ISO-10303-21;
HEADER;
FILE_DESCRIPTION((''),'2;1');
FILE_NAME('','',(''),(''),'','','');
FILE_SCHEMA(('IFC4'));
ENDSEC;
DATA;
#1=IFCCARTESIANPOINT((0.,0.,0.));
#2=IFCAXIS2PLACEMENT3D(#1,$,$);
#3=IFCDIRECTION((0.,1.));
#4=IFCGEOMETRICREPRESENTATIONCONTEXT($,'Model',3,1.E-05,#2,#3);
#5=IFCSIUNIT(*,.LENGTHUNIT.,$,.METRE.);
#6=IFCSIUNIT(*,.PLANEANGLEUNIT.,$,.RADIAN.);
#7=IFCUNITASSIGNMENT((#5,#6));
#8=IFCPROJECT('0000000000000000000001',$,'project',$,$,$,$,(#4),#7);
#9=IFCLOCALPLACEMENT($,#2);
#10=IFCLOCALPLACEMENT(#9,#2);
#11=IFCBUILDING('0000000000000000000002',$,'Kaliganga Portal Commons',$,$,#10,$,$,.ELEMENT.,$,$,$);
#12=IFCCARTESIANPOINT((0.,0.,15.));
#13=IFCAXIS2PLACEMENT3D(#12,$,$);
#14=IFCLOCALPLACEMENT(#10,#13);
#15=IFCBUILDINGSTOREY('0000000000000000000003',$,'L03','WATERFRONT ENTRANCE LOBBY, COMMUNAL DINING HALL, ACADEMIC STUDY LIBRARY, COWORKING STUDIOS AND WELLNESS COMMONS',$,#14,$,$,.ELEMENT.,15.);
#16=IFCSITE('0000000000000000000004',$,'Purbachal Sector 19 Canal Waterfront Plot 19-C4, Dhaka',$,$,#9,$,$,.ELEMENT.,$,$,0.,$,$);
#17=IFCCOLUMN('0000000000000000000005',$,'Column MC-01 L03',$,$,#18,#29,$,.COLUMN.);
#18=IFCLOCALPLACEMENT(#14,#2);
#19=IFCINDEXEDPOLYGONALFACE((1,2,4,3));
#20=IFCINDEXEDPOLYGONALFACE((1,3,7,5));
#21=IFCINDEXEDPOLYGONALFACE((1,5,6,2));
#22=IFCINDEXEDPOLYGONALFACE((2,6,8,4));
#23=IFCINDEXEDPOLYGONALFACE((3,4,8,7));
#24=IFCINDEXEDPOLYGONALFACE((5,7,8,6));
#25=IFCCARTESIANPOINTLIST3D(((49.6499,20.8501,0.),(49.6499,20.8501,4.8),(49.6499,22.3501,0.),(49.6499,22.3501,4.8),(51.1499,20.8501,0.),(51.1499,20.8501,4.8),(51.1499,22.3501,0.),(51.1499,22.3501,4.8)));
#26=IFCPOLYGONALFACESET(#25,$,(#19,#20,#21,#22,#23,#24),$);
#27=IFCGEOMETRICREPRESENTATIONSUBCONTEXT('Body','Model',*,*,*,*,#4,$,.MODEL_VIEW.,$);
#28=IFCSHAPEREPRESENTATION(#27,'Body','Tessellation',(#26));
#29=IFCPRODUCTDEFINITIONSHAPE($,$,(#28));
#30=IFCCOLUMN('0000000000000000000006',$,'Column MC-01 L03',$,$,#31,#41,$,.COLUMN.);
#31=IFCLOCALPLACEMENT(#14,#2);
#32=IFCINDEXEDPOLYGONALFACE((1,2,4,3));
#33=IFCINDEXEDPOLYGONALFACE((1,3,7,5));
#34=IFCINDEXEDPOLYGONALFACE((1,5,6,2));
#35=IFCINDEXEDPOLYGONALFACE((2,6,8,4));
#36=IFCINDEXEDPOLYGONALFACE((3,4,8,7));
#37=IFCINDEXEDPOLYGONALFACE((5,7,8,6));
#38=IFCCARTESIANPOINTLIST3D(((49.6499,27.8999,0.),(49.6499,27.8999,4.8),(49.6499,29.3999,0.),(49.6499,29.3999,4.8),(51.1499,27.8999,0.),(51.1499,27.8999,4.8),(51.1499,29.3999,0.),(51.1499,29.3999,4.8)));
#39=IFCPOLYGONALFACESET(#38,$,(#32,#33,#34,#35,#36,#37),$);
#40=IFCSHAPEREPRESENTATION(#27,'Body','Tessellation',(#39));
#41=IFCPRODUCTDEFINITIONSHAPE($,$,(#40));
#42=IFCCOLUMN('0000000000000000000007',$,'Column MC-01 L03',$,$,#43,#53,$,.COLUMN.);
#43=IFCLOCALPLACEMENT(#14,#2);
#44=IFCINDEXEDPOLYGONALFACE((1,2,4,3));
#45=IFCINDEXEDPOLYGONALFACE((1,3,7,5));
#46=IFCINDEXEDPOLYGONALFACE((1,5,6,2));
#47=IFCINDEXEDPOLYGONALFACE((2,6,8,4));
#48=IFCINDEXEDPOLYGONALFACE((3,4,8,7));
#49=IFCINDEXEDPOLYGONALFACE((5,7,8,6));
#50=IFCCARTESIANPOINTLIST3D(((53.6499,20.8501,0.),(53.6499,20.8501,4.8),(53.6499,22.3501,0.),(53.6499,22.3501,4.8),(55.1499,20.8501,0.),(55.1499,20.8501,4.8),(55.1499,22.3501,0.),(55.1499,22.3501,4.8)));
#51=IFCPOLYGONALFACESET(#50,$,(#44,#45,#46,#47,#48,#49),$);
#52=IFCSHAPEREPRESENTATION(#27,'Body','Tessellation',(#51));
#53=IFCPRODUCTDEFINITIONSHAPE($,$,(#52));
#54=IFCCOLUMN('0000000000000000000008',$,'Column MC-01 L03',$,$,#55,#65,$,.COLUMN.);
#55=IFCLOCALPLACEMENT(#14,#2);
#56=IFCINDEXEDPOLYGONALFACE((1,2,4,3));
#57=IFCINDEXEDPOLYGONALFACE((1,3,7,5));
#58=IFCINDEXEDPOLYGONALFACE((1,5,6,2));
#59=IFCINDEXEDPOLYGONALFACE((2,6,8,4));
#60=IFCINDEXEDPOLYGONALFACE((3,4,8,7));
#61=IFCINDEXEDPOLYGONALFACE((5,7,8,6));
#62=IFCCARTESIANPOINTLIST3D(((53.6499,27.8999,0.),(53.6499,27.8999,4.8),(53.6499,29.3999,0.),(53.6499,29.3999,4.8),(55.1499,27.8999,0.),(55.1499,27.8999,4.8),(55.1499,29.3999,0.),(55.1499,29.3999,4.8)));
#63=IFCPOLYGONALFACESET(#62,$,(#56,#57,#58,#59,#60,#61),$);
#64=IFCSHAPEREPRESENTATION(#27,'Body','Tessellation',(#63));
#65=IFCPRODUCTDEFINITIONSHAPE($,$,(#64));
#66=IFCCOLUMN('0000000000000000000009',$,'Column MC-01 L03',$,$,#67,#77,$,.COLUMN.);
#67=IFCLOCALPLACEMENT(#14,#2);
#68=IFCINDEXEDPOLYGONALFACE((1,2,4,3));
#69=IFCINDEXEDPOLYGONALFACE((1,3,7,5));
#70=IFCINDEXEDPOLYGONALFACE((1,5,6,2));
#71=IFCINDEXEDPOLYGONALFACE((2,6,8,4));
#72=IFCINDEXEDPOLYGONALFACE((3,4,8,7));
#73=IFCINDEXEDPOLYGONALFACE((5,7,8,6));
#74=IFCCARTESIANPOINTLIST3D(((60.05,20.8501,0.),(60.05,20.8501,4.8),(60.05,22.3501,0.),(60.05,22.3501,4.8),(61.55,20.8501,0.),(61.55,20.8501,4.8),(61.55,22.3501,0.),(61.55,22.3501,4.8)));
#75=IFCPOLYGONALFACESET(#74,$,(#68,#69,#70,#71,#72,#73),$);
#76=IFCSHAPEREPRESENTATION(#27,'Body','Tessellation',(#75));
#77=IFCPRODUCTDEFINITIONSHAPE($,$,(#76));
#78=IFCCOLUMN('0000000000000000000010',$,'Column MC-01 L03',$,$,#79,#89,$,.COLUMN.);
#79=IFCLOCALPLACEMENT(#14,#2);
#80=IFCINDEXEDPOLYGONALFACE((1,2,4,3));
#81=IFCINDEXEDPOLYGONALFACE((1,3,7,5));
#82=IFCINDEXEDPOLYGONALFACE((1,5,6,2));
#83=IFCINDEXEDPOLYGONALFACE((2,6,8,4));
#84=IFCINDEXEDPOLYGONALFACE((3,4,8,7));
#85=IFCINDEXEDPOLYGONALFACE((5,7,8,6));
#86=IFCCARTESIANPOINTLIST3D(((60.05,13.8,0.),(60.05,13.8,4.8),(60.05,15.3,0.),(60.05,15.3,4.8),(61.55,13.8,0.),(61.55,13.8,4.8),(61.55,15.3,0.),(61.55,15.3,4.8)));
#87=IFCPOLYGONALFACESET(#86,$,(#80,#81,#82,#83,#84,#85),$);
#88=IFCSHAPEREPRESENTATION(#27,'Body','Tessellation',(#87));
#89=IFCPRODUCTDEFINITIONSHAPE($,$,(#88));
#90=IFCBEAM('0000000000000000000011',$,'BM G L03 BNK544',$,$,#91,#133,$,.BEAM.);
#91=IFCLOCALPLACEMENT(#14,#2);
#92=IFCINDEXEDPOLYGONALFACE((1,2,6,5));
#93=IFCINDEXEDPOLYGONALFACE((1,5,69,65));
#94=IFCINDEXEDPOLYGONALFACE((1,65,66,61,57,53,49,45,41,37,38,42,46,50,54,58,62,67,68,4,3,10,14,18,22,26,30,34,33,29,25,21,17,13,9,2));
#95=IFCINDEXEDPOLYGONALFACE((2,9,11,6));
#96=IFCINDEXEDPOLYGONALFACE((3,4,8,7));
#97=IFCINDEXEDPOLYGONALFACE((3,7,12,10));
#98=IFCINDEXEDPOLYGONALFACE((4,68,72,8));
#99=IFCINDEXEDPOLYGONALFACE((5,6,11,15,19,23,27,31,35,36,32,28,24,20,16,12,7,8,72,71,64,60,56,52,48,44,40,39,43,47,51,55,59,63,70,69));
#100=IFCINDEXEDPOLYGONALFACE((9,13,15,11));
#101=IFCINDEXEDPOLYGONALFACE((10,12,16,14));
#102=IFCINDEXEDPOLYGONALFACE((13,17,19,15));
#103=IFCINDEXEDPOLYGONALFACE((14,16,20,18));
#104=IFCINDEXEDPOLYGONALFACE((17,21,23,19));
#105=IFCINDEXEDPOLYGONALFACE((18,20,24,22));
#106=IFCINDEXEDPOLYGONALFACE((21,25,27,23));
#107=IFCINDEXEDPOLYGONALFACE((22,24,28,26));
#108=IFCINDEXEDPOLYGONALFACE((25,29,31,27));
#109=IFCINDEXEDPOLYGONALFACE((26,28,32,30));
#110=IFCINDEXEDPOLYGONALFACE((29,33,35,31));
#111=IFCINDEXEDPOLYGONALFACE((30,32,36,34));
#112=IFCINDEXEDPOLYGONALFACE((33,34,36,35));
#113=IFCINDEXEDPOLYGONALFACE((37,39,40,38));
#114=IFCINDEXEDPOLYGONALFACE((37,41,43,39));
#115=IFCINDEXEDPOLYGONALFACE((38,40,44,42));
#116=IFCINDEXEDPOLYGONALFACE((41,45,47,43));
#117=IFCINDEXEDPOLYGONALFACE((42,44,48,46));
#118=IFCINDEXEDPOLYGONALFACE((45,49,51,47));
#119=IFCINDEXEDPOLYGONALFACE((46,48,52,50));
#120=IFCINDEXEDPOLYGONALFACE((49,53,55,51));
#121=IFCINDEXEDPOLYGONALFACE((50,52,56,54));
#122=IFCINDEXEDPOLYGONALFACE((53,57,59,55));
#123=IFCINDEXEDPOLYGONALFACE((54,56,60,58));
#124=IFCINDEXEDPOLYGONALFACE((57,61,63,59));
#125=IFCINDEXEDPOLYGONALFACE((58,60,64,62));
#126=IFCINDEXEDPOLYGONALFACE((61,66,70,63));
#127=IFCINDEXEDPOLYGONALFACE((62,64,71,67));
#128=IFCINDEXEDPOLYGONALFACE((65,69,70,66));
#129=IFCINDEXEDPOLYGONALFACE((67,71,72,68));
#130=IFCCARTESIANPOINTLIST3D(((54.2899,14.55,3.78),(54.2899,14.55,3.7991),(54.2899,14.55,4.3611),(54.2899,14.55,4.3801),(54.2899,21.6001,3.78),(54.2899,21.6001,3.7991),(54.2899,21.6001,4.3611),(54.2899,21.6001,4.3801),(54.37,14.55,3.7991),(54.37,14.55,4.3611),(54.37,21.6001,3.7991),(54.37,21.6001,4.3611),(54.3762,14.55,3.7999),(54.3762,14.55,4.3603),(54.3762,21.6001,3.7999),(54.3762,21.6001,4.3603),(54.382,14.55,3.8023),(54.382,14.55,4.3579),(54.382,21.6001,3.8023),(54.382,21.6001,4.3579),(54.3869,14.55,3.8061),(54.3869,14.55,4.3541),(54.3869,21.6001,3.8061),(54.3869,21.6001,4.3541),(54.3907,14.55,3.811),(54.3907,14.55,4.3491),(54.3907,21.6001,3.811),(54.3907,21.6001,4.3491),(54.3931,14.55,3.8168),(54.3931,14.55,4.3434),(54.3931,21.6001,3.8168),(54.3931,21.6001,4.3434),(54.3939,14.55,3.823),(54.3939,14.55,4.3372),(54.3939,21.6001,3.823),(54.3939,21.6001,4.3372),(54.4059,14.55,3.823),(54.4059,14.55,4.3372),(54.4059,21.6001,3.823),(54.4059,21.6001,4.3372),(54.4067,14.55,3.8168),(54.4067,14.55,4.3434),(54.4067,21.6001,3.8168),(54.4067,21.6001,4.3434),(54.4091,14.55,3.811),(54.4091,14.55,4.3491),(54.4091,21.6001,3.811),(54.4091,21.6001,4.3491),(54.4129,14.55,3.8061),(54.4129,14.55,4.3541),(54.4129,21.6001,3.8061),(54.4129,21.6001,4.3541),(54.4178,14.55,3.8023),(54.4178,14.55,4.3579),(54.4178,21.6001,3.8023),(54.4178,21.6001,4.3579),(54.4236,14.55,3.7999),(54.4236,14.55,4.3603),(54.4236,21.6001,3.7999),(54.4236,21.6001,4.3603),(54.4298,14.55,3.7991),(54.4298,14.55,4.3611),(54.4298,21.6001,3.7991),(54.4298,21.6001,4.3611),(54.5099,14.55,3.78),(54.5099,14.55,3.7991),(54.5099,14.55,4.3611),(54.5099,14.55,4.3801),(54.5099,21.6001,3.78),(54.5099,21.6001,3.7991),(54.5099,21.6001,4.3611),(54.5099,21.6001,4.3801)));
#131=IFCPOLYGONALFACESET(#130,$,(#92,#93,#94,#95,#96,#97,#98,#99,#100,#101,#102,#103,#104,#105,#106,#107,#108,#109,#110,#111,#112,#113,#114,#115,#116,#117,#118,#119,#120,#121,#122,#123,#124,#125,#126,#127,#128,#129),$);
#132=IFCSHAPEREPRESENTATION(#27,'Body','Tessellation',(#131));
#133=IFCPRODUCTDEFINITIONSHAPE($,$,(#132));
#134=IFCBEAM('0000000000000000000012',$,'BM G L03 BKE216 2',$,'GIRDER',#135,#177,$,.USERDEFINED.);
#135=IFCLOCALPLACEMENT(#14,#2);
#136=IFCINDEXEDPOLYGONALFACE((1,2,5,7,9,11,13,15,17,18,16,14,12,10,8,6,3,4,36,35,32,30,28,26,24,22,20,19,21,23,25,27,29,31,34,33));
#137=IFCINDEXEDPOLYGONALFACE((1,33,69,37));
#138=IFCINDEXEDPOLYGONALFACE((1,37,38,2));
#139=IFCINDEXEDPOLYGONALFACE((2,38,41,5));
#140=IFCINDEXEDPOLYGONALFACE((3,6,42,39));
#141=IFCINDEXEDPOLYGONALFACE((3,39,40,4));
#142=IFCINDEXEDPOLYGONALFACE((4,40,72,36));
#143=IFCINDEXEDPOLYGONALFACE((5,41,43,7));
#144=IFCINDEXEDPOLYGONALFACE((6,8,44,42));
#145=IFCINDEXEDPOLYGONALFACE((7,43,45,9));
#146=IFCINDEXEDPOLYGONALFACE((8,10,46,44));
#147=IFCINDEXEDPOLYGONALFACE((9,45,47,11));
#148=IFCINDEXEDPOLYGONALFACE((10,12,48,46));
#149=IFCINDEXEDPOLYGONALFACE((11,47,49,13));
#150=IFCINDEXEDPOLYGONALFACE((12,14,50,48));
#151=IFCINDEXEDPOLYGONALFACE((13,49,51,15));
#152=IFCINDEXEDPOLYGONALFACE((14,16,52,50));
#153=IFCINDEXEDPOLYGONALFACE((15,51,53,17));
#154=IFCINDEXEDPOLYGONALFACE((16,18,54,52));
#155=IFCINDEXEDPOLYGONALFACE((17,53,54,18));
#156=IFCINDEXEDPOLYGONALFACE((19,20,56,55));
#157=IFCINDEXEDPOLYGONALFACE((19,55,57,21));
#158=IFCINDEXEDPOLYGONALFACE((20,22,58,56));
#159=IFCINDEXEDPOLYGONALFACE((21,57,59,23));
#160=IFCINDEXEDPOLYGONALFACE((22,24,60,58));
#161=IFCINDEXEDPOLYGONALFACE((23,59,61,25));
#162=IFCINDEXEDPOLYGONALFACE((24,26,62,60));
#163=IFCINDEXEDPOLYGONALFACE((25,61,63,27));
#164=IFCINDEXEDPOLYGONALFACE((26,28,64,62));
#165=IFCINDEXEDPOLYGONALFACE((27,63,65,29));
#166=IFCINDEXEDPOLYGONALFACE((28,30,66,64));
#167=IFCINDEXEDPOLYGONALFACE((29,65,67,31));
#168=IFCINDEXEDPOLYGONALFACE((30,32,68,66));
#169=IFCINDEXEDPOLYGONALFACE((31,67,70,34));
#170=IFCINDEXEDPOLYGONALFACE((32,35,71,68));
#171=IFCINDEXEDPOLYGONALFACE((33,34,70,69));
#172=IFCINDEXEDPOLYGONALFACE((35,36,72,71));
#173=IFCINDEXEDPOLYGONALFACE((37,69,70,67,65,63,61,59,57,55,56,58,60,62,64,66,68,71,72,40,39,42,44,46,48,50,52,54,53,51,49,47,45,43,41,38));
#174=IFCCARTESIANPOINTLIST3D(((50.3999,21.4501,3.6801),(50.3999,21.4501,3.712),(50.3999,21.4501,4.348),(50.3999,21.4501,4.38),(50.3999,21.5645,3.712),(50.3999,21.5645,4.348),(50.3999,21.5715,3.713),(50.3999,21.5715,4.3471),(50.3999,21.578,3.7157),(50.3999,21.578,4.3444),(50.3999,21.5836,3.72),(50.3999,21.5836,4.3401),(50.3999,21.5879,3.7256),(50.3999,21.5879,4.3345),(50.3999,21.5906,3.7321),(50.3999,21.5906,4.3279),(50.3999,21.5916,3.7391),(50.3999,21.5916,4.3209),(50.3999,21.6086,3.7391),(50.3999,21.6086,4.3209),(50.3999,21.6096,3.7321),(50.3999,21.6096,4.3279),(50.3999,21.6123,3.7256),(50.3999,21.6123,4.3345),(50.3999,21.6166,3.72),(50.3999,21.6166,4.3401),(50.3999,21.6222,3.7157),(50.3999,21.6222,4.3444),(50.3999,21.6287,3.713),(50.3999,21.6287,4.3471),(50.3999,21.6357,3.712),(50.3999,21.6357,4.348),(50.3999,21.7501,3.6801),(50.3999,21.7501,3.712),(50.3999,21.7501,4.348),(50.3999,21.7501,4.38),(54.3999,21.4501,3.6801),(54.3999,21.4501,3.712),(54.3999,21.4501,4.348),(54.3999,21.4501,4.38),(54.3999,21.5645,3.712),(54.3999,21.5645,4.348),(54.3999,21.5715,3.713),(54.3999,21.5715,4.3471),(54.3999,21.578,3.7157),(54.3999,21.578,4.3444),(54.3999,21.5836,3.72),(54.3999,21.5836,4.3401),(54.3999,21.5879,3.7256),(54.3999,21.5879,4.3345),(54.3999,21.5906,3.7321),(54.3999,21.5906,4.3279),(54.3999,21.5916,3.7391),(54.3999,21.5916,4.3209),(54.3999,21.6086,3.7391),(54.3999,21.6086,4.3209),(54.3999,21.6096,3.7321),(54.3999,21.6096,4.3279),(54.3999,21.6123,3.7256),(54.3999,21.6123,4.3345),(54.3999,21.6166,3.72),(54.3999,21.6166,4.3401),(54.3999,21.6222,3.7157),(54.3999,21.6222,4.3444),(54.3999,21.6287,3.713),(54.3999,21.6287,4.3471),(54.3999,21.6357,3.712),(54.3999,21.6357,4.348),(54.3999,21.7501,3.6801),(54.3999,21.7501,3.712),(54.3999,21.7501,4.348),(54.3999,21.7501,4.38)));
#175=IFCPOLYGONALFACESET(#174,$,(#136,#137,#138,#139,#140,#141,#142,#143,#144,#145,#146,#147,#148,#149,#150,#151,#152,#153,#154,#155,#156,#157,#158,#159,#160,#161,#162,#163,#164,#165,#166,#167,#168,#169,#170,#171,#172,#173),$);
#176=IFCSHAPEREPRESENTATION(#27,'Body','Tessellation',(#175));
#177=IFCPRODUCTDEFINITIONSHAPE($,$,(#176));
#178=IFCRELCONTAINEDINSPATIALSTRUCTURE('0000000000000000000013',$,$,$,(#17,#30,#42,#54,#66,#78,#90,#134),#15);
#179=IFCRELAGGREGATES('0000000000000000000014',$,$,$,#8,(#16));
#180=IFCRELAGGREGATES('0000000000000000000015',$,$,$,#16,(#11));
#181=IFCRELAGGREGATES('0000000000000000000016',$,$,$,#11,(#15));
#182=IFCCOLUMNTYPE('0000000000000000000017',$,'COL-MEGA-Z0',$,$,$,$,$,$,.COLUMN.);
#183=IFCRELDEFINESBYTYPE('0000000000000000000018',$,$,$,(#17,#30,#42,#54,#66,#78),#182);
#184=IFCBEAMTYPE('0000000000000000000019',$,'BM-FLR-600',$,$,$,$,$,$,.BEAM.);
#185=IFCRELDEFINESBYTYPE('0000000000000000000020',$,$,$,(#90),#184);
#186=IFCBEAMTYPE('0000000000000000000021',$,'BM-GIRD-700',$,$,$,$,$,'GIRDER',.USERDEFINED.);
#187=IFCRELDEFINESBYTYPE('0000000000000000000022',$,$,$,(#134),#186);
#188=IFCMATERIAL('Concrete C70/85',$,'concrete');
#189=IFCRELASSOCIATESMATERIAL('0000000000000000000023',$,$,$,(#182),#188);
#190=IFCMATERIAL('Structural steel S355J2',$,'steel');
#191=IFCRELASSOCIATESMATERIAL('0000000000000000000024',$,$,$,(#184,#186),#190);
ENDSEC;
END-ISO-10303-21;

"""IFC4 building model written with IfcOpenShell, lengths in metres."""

from ifc_helpers import new_model, si_unit, direction, frame, origin, origin_2d, place, context, subcontext, project, spatial, rectangle, i_section, extrude, source, transform, mapped, material, material_profile, profile_set, type_object, element, save


model = new_model("IFC4")

# Units and contexts
model_context = context("Model", 3, precision=1e-05, world=origin(), true_north=direction((0.0, 1.0)))
body_context = subcontext(model_context, "Body", "Model", "MODEL_VIEW")
ifc_project = project(units=[si_unit("LENGTHUNIT", "METRE"), si_unit("PLANEANGLEUNIT", "RADIAN")], contexts=[model_context])

# Site, building, storey
site_placement = place(None, origin())
site = spatial("IfcSite", under=ifc_project, at=site_placement, Name="Purbachal Sector 19 Canal Waterfront Plot 19-C4, Dhaka", CompositionType="ELEMENT", RefElevation=0.0)
building_placement = place(site_placement, origin())
building = spatial("IfcBuilding", under=site, at=building_placement, Name="Kaliganga Portal Commons", CompositionType="ELEMENT")
storey_placement = place(building_placement, frame((0.0, 0.0, 15.0)))
storey = spatial("IfcBuildingStorey", under=building, at=storey_placement, Name="L03", Description="WATERFRONT ENTRANCE LOBBY, COMMUNAL DINING HALL, ACADEMIC STUDY LIBRARY, COWORKING STUDIOS AND WELLNESS COMMONS", CompositionType="ELEMENT", Elevation=15.0)

# Columns
ifc_material_1 = material(Name="Concrete C70/85", Category="concrete")
ifc_material_profile_1 = material_profile(ifc_material_1, rectangle(XDim=1.5, YDim=1.5, at=origin_2d()), Name="RC 1500x1500")
ifc_profile_set_1 = profile_set([ifc_material_profile_1], Name="Concrete C70/85")
column_type = type_object("IfcColumnType", Name="COL-MEGA-Z0", PredefinedType="COLUMN", material=ifc_profile_set_1)
shared_shape_1 = source(origin(), body_context, "Body", "SweptSolid", [
    extrude(rectangle(XDim=1.5, YDim=1.5, at=origin_2d()), origin(), (0.0, 0.0, 1.0), 4.8),
])
for number, where, z_axis, x_axis, name in (
    (1, (50.3999, 21.6001, 0.0), (0.0, 0.0, 1.0), (1.0, 0.0, 0.0), "Column MC-01 L03"),
    (2, (50.3999, 28.6499, 0.0), (0.0, 0.0, 1.0), (1.0, 0.0, 0.0), "Column MC-01 L03"),
    (3, (54.3999, 21.6001, 0.0), (0.0, 0.0, 1.0), (1.0, 0.0, 0.0), "Column MC-01 L03"),
    (4, (54.3999, 28.6499, 0.0), (0.0, 0.0, 1.0), (1.0, 0.0, 0.0), "Column MC-01 L03"),
    (5, (60.8, 21.6001, 0.0), (0.0, 0.0, 1.0), (1.0, 0.0, 0.0), "Column MC-01 L03"),
    (6, (60.8, 14.55, 0.0), (0.0, 0.0, 1.0), (1.0, 0.0, 0.0), "Column MC-01 L03"),
):
    element("IfcColumn", number, at=place(storey_placement, frame(where, z_axis=z_axis, x_axis=x_axis)), inside=storey, type_object=column_type, Name=name, PredefinedType="COLUMN", context=body_context, shape_type="MappedRepresentation", body=[
        mapped(shared_shape_1, transform((0.0, 0.0, 0.0), x_axis=(1.0, 0.0, 0.0), y_axis=(0.0, 1.0, 0.0), z_axis=(0.0, 0.0, 1.0), scale=1.0)),
    ])

# Beams
ifc_material_2 = material(Name="Structural steel S355J2", Category="steel")
ifc_material_profile_2 = material_profile(ifc_material_2, i_section(OverallWidth=0.22, OverallDepth=0.6001, WebThickness=0.012, FlangeThickness=0.019, FilletRadius=0.0239, at=origin_2d()), Name="IPE 600")
ifc_profile_set_2 = profile_set([ifc_material_profile_2], Name="Structural steel S355J2 wide-flange")
beam_type_1 = type_object("IfcBeamType", Name="BM-FLR-600", PredefinedType="BEAM", material=ifc_profile_set_2)
shared_shape_2 = source(origin(), body_context, "Body", "SweptSolid", [
    extrude(i_section(OverallWidth=0.22, OverallDepth=0.6001, WebThickness=0.012, FlangeThickness=0.019, FilletRadius=0.0239, at=origin_2d()), origin(), (0.0, 0.0, 1.0), 7.05),
])
beam_1_placement = place(storey_placement, frame((54.3999, 14.55, 4.0801), z_axis=(0.0, 1.0, 0.0), x_axis=(-1.0, 0.0, 0.0)))
element("IfcBeam", 7, at=beam_1_placement, inside=storey, type_object=beam_type_1, Name="BM G L03 BNK544", PredefinedType="BEAM", context=body_context, shape_type="MappedRepresentation", body=[
    mapped(shared_shape_2, transform((0.0, 0.0, 0.0), x_axis=(1.0, 0.0, 0.0), y_axis=(0.0, 1.0, 0.0), z_axis=(0.0, 0.0, 1.0), scale=1.0)),
])
ifc_material_profile_3 = material_profile(ifc_material_2, i_section(OverallWidth=0.3, OverallDepth=0.7, WebThickness=0.0171, FlangeThickness=0.032, FilletRadius=0.0271, at=origin_2d()), Name="HE 700 B")
ifc_profile_set_3 = profile_set([ifc_material_profile_3], Name="Structural steel S355J2 wide-flange")
beam_type_2 = type_object("IfcBeamType", Name="BM-GIRD-700", ElementType="GIRDER", PredefinedType="USERDEFINED", material=ifc_profile_set_3)
shared_shape_3 = source(origin(), body_context, "Body", "SweptSolid", [
    extrude(i_section(OverallWidth=0.3, OverallDepth=0.7, WebThickness=0.0171, FlangeThickness=0.032, FilletRadius=0.0271, at=origin_2d()), origin(), (0.0, 0.0, 1.0), 4.0),
])
for number, where, z_axis, x_axis, name in (
    (8, (50.3999, 21.6001, 4.03), (1.0, 0.0, 0.0), (0.0, 1.0, 0.0), "BM G L03 BKE216 2"),
):
    element("IfcBeam", number, at=place(storey_placement, frame(where, z_axis=z_axis, x_axis=x_axis)), inside=storey, type_object=beam_type_2, Name=name, ObjectType="GIRDER", PredefinedType="USERDEFINED", context=body_context, shape_type="MappedRepresentation", body=[
        mapped(shared_shape_3, transform((0.0, 0.0, 0.0), x_axis=(1.0, 0.0, 0.0), y_axis=(0.0, 1.0, 0.0), z_axis=(0.0, 0.0, 1.0), scale=1.0)),
    ])

save(model, "model.ifc")
